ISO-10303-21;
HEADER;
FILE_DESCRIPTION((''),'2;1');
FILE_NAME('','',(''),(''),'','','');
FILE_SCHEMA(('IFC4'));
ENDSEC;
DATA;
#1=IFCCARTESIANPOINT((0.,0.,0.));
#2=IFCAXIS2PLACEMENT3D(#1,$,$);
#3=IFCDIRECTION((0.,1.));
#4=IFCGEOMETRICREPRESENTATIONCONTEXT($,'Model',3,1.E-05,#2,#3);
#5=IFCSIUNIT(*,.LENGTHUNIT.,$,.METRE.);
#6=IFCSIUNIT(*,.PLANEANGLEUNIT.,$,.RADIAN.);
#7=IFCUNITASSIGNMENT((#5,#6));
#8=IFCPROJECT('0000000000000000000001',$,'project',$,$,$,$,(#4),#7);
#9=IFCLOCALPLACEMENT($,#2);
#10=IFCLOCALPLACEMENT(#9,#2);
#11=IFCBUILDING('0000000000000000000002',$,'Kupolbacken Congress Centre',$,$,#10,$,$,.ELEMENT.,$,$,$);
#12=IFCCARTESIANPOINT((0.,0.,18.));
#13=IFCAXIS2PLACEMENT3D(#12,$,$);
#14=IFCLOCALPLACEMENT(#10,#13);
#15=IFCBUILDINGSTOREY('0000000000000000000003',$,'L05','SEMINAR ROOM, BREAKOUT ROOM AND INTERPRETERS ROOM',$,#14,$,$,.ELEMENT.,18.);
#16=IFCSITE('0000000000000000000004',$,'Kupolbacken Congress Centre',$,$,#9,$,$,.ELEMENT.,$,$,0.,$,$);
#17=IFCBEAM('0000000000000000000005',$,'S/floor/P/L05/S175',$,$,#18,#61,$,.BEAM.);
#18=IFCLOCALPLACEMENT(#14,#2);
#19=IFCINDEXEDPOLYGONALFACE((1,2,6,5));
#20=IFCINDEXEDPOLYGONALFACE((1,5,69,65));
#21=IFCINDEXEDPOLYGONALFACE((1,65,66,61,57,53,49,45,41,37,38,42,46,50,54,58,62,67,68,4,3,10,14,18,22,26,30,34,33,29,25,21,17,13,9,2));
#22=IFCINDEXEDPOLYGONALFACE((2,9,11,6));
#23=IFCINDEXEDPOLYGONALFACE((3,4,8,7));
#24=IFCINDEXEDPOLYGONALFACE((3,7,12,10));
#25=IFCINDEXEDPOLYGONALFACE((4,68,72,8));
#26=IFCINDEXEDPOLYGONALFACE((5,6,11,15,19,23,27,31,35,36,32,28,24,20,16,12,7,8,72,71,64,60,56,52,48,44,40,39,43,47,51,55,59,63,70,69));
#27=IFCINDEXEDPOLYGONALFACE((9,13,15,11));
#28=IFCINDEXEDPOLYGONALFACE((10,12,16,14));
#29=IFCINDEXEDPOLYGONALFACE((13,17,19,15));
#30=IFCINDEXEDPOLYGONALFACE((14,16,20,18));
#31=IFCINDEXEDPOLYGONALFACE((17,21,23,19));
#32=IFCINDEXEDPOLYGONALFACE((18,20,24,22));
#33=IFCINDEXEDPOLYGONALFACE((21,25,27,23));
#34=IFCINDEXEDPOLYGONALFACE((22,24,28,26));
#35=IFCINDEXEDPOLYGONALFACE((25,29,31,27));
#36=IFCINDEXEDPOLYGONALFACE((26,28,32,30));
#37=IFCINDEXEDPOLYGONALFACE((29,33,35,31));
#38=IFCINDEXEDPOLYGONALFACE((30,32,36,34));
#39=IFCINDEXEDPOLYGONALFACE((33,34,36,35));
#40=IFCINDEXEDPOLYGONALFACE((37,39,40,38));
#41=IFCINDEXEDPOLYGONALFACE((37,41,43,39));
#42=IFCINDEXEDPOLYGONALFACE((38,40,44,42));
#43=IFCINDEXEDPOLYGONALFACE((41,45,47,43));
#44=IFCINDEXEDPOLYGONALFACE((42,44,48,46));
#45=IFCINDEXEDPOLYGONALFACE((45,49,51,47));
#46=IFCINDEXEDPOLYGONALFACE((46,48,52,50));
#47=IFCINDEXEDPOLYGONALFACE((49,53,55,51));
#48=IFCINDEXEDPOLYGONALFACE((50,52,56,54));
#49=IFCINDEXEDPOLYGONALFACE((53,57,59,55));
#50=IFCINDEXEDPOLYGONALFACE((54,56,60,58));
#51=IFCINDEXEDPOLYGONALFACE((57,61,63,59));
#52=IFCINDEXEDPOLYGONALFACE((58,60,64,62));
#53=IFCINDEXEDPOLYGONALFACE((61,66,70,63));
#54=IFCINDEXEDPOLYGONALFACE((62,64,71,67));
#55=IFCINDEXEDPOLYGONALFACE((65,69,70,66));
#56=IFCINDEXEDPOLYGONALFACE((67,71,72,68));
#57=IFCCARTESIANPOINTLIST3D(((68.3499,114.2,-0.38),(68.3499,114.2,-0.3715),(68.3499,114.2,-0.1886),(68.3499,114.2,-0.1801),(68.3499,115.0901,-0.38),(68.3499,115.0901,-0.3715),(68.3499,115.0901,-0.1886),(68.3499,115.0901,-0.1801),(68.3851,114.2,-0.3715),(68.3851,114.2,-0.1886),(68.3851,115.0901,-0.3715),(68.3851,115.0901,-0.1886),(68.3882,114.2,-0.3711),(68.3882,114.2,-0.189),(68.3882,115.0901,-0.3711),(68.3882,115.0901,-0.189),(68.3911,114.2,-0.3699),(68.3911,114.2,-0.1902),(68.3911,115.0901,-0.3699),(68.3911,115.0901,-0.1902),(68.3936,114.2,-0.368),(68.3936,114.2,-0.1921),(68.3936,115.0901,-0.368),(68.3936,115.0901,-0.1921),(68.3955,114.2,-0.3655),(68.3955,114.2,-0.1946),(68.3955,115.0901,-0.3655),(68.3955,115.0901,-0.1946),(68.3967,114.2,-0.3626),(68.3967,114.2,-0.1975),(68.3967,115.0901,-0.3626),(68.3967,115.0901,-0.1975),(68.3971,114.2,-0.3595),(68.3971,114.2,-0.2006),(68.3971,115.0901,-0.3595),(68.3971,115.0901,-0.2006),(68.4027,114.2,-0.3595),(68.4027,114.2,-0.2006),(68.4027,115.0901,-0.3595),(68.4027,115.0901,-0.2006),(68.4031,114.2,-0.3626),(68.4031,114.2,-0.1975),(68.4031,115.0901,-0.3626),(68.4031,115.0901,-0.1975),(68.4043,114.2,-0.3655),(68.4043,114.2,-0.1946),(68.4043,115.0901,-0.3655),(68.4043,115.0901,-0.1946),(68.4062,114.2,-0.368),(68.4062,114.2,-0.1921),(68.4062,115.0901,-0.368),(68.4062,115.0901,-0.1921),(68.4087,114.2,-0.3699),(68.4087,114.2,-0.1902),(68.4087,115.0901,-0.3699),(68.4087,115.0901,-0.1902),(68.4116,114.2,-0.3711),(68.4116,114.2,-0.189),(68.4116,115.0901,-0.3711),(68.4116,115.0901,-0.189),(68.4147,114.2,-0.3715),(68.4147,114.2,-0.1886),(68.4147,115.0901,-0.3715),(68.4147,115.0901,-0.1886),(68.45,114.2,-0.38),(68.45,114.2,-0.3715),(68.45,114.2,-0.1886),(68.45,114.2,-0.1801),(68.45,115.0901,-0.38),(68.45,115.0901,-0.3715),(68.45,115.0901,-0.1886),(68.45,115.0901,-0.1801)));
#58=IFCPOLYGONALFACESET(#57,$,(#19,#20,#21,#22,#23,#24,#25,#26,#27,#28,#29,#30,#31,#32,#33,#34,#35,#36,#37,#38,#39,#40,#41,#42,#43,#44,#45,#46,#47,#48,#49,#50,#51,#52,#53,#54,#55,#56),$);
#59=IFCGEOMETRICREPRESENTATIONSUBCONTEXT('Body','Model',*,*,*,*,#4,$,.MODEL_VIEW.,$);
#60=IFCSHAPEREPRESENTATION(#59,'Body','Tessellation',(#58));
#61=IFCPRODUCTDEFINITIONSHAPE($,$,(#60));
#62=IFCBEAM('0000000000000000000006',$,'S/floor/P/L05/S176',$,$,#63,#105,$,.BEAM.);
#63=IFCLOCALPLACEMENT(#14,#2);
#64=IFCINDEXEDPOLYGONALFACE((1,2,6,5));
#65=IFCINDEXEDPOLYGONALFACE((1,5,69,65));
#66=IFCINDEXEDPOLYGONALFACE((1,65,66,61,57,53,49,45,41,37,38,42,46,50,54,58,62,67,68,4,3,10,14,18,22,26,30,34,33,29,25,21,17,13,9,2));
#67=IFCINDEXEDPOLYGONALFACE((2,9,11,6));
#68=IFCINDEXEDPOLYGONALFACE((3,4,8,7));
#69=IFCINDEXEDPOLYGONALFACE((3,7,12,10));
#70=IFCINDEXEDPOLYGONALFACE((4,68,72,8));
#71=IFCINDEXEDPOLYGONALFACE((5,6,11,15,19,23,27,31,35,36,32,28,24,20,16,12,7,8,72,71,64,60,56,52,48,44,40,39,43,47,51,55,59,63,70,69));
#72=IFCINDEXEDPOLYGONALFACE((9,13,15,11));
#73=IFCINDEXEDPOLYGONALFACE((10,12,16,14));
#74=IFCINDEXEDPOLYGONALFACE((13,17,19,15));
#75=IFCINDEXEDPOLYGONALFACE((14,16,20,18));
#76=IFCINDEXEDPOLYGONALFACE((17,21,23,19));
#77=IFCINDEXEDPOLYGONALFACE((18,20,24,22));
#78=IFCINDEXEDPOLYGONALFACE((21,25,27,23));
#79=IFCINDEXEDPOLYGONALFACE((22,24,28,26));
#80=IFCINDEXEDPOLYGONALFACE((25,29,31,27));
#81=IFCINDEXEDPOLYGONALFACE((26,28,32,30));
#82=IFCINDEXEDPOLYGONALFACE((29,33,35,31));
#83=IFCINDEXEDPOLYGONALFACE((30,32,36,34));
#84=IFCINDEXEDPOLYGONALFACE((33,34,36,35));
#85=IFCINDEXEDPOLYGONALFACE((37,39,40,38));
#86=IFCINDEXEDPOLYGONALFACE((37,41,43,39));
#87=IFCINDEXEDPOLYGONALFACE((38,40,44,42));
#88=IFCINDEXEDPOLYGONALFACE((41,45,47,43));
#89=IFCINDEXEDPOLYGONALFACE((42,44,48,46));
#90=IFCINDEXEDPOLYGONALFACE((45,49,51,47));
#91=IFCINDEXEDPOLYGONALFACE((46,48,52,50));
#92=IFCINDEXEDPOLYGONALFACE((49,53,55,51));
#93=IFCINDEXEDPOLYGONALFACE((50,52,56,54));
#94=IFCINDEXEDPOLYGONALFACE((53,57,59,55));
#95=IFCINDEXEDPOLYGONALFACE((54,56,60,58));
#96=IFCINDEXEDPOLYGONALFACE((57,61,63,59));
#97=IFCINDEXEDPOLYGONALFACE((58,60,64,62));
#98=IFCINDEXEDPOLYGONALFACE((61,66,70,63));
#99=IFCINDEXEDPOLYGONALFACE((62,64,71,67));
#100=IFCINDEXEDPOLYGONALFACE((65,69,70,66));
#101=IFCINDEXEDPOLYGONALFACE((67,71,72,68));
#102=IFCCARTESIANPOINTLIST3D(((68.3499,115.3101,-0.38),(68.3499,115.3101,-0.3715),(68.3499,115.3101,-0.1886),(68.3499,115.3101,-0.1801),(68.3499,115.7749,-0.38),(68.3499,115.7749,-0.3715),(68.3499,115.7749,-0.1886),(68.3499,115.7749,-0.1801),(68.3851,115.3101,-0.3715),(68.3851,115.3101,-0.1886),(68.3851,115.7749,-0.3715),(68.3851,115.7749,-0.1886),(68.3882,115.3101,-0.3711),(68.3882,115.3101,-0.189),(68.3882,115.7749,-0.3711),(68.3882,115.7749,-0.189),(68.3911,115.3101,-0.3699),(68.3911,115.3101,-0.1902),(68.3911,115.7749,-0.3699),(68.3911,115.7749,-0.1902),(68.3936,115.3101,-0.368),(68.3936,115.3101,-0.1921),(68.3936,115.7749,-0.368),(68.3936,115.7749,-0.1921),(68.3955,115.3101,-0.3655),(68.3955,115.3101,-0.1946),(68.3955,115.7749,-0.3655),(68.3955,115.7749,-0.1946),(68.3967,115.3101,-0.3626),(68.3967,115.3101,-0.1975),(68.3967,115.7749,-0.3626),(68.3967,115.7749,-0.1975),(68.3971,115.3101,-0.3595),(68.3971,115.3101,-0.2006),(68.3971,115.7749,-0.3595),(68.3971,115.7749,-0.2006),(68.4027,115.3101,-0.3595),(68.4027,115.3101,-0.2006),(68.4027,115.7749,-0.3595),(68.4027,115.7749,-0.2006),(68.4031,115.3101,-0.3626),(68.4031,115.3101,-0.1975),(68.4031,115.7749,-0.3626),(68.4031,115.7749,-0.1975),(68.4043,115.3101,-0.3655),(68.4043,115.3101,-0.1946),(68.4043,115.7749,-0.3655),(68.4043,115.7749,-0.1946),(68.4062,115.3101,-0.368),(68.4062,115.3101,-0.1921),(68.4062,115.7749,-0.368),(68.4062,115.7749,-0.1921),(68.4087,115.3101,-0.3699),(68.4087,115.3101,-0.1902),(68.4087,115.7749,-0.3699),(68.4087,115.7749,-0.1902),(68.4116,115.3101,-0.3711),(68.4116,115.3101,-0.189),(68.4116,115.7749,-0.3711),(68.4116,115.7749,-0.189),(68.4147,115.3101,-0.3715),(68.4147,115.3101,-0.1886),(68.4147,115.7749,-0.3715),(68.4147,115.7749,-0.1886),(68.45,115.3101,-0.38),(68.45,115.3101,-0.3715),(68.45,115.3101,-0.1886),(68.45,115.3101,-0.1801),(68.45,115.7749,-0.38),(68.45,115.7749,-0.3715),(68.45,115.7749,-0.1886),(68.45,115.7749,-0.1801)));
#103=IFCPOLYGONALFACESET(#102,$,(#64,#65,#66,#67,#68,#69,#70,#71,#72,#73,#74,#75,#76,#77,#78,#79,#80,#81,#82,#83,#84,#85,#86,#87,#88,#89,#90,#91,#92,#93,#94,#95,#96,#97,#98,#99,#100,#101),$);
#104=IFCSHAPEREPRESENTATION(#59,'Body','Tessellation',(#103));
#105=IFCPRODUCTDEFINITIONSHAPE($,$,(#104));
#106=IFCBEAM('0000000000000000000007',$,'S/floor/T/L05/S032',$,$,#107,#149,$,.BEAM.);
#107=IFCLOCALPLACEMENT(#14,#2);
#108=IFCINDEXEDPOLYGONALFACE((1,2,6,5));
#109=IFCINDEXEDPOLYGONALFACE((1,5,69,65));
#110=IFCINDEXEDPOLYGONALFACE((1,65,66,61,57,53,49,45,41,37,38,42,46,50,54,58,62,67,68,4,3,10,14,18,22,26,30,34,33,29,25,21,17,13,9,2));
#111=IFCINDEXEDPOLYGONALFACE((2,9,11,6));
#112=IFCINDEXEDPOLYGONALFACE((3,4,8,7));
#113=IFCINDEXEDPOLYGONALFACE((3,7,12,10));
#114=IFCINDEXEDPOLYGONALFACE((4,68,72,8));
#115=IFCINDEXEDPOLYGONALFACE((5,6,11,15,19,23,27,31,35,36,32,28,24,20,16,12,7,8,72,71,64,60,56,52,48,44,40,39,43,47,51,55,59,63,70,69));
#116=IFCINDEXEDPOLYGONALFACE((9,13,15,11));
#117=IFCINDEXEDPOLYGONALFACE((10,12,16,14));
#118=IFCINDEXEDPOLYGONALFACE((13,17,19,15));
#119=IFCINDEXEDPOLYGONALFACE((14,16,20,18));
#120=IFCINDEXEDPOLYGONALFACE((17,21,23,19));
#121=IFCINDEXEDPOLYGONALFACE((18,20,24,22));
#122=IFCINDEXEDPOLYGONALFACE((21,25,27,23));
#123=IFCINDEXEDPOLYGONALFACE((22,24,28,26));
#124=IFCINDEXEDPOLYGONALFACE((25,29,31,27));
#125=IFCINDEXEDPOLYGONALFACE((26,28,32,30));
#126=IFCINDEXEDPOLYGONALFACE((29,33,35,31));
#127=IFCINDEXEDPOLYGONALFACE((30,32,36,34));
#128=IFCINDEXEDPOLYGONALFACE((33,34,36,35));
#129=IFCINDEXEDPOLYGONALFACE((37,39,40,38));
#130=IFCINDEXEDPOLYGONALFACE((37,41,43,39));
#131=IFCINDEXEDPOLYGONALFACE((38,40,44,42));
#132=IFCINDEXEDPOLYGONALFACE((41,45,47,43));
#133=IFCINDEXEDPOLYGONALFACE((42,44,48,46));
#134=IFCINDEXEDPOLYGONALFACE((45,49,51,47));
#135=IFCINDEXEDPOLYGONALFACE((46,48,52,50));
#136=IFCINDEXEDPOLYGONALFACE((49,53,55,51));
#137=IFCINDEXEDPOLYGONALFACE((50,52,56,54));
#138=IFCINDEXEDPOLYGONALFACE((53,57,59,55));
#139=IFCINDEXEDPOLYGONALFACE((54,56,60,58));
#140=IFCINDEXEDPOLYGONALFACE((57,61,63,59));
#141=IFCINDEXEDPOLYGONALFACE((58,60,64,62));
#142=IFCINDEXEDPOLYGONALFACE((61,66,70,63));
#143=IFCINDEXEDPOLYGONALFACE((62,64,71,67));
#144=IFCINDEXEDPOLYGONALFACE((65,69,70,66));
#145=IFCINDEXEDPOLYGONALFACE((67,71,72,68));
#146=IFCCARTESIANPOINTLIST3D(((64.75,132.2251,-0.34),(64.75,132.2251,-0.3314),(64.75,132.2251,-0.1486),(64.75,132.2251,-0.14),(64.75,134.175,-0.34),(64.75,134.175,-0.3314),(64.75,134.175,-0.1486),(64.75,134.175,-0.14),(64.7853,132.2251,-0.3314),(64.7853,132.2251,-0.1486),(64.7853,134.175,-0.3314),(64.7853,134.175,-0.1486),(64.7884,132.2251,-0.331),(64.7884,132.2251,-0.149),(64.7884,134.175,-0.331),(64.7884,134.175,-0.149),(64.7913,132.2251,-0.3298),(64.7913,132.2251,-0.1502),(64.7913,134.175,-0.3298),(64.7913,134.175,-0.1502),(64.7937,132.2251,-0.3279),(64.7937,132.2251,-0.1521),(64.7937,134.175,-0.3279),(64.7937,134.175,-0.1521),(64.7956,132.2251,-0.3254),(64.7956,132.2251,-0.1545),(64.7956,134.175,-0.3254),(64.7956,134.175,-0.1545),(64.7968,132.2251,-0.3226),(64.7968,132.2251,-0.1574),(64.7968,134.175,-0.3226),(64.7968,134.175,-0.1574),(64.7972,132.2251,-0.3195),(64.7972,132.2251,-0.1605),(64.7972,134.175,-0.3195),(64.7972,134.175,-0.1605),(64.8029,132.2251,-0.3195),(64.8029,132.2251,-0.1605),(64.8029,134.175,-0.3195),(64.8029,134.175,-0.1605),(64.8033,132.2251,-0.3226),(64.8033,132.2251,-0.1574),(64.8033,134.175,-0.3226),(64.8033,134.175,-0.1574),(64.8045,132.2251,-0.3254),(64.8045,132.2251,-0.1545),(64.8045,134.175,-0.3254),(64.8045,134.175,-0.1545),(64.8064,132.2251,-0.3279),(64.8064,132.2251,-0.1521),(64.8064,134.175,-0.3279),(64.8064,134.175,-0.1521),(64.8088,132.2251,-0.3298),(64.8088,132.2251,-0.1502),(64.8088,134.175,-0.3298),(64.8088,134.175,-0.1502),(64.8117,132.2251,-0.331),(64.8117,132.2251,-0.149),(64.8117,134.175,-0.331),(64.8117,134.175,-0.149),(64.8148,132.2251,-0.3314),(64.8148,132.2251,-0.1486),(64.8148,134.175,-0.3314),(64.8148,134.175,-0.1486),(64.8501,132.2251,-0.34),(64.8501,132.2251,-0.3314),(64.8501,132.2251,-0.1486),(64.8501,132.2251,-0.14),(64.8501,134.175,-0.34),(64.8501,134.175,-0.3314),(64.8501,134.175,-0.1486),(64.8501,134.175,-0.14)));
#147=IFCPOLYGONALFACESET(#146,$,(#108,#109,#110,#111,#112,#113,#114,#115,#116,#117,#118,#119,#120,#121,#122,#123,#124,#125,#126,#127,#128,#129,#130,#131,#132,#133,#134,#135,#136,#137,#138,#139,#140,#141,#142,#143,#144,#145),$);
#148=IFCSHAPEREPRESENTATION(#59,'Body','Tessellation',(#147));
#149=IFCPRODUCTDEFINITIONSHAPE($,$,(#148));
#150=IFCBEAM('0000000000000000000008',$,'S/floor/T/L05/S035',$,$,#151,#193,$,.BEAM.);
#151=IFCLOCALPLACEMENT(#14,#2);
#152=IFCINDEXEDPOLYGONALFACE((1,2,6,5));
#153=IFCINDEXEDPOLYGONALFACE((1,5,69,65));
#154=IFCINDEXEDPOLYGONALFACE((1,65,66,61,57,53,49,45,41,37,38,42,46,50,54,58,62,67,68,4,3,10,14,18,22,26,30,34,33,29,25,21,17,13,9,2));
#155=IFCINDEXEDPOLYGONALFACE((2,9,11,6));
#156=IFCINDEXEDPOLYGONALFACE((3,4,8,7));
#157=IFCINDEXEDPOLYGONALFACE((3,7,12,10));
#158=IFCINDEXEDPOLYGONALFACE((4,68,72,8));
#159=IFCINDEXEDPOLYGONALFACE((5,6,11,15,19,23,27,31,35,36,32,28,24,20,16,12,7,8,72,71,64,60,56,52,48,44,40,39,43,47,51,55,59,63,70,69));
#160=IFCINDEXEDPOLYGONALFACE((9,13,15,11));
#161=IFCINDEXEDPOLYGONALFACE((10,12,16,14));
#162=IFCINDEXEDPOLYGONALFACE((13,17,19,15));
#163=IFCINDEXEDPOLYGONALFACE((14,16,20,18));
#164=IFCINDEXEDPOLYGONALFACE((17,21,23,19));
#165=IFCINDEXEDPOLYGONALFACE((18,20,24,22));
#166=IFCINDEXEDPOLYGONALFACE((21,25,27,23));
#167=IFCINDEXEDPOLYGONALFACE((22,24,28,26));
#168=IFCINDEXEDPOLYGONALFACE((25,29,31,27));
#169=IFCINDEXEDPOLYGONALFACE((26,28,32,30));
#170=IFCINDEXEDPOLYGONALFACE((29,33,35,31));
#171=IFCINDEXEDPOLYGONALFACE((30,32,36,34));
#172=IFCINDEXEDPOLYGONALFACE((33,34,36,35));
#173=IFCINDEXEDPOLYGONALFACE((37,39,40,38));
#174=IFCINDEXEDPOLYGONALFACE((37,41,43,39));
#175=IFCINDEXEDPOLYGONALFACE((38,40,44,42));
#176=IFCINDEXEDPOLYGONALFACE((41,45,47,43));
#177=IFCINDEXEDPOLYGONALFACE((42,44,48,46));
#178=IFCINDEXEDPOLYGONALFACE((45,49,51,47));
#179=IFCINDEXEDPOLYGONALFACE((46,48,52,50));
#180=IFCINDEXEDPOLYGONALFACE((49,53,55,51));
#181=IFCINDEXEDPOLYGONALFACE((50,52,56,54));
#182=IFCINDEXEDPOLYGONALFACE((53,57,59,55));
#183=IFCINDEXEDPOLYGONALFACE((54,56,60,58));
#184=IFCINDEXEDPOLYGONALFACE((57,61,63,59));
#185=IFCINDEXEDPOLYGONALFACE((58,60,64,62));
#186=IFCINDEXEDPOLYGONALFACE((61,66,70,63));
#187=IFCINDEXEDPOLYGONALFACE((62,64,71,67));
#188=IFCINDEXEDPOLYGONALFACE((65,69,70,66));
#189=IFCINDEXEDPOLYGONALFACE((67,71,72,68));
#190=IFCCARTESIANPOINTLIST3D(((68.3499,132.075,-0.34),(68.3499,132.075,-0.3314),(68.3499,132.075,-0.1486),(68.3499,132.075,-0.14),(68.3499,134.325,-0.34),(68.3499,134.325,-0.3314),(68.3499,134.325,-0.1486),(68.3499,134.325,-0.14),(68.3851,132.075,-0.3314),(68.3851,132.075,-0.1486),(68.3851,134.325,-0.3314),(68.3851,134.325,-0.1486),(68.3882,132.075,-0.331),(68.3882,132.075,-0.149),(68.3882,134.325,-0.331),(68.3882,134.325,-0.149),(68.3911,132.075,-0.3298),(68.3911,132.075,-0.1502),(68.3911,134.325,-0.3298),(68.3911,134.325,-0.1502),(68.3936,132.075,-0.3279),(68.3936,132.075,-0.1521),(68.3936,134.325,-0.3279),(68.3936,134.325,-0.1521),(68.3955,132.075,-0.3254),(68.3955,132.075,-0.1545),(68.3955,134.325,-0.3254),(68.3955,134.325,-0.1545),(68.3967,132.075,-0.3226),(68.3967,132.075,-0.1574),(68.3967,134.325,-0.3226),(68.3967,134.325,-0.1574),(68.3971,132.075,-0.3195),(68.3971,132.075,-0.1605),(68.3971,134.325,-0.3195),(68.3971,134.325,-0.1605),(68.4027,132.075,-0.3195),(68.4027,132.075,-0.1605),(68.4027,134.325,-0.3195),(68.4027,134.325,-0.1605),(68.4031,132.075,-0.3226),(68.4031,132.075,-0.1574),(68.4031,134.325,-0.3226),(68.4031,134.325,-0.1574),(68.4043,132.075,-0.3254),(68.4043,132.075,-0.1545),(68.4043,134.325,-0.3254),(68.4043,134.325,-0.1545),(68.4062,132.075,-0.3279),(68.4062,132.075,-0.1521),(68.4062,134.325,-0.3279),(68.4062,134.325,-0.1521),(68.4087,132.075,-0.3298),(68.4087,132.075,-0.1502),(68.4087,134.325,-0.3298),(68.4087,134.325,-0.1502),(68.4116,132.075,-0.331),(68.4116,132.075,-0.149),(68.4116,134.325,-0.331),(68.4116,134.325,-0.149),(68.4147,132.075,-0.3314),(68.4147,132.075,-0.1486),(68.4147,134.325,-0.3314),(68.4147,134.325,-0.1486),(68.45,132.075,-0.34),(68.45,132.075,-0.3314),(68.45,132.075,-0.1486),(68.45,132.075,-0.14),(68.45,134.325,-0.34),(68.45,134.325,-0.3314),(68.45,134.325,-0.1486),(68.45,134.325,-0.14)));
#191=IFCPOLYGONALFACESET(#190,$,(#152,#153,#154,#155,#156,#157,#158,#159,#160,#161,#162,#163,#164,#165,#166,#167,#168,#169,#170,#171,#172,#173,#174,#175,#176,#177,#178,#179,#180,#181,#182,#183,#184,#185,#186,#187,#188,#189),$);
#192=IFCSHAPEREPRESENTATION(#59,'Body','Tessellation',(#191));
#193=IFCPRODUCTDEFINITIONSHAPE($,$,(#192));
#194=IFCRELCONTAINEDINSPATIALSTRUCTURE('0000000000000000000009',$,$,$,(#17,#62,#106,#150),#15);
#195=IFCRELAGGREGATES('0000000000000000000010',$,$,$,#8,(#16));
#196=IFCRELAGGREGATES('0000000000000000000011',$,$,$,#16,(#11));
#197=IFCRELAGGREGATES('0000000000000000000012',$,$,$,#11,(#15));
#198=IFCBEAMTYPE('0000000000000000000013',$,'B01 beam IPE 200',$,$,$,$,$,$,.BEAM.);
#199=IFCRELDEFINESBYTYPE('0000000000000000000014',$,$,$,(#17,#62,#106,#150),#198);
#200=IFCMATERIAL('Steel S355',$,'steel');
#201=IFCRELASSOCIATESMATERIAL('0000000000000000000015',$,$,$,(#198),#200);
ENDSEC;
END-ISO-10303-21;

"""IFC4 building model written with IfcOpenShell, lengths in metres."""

from ifc_helpers import new_model, si_unit, direction, frame, origin, origin_2d, place, context, subcontext, project, spatial, i_section, extrude, material, material_profile, profile_set, type_object, element, save


model = new_model("IFC4")

# Units and contexts
model_context = context("Model", 3, precision=1e-05, world=origin(), true_north=direction((0.0, 1.0)))
body_context = subcontext(model_context, "Body", "Model", "MODEL_VIEW")
ifc_project = project(units=[si_unit("LENGTHUNIT", "METRE"), si_unit("PLANEANGLEUNIT", "RADIAN")], contexts=[model_context])

# Site, building, storey
site_placement = place(None, origin())
site = spatial("IfcSite", under=ifc_project, at=site_placement, Name="Kupolbacken Congress Centre", CompositionType="ELEMENT", RefElevation=0.0)
building_placement = place(site_placement, origin())
building = spatial("IfcBuilding", under=site, at=building_placement, Name="Kupolbacken Congress Centre", CompositionType="ELEMENT")
storey_placement = place(building_placement, frame((0.0, 0.0, 18.0)))
storey = spatial("IfcBuildingStorey", under=building, at=storey_placement, Name="L05", Description="SEMINAR ROOM, BREAKOUT ROOM AND INTERPRETERS ROOM", CompositionType="ELEMENT", Elevation=18.0)

# Beams
ifc_material_1 = material(Name="Steel S355", Category="steel")
ifc_material_profile_1 = material_profile(ifc_material_1, i_section(OverallWidth=0.1001, OverallDepth=0.2, WebThickness=0.0056, FlangeThickness=0.0085, FilletRadius=0.012, at=origin_2d()), Name="IPE 200")
ifc_profile_set_1 = profile_set([ifc_material_profile_1], Name="Steel S355")
beam_type_1 = type_object("IfcBeamType", Name="B01 beam IPE 200", PredefinedType="BEAM", material=ifc_profile_set_1)
beam_1_placement = place(storey_placement, frame((68.3999, 114.2, -0.28), z_axis=(0.0, 1.0, 0.0), x_axis=(-1.0, 0.0, 0.0)))
element("IfcBeam", 1, at=beam_1_placement, inside=storey, type_object=beam_type_1, Name="S/floor/P/L05/S175", PredefinedType="BEAM", context=body_context, shape_type="SweptSolid", body=[
    extrude(i_section(OverallWidth=0.1001, OverallDepth=0.2, WebThickness=0.0056, FlangeThickness=0.0085, FilletRadius=0.012, at=origin_2d()), origin(), (0.0, 0.0, 1.0), 0.8901),
])
beam_2_placement = place(storey_placement, frame((68.3999, 115.3101, -0.28), z_axis=(0.0, 1.0, 0.0), x_axis=(-1.0, 0.0, 0.0)))
element("IfcBeam", 2, at=beam_2_placement, inside=storey, type_object=beam_type_1, Name="S/floor/P/L05/S176", PredefinedType="BEAM", context=body_context, shape_type="SweptSolid", body=[
    extrude(i_section(OverallWidth=0.1001, OverallDepth=0.2, WebThickness=0.0056, FlangeThickness=0.0085, FilletRadius=0.012, at=origin_2d()), origin(), (0.0, 0.0, 1.0), 0.4648),
])
beam_3_placement = place(storey_placement, frame((64.8, 132.2251, -0.24), z_axis=(0.0, 1.0, 0.0), x_axis=(-1.0, 0.0, 0.0)))
element("IfcBeam", 3, at=beam_3_placement, inside=storey, type_object=beam_type_1, Name="S/floor/T/L05/S032", PredefinedType="BEAM", context=body_context, shape_type="SweptSolid", body=[
    extrude(i_section(OverallWidth=0.1001, OverallDepth=0.2, WebThickness=0.0056, FlangeThickness=0.0085, FilletRadius=0.012, at=origin_2d()), origin(), (0.0, 0.0, 1.0), 1.95),
])
beam_4_placement = place(storey_placement, frame((68.3999, 132.075, -0.24), z_axis=(0.0, 1.0, 0.0), x_axis=(-1.0, 0.0, 0.0)))
element("IfcBeam", 4, at=beam_4_placement, inside=storey, type_object=beam_type_1, Name="S/floor/T/L05/S035", PredefinedType="BEAM", context=body_context, shape_type="SweptSolid", body=[
    extrude(i_section(OverallWidth=0.1001, OverallDepth=0.2, WebThickness=0.0056, FlangeThickness=0.0085, FilletRadius=0.012, at=origin_2d()), origin(), (0.0, 0.0, 1.0), 2.25),
])

save(model, "model.ifc")
